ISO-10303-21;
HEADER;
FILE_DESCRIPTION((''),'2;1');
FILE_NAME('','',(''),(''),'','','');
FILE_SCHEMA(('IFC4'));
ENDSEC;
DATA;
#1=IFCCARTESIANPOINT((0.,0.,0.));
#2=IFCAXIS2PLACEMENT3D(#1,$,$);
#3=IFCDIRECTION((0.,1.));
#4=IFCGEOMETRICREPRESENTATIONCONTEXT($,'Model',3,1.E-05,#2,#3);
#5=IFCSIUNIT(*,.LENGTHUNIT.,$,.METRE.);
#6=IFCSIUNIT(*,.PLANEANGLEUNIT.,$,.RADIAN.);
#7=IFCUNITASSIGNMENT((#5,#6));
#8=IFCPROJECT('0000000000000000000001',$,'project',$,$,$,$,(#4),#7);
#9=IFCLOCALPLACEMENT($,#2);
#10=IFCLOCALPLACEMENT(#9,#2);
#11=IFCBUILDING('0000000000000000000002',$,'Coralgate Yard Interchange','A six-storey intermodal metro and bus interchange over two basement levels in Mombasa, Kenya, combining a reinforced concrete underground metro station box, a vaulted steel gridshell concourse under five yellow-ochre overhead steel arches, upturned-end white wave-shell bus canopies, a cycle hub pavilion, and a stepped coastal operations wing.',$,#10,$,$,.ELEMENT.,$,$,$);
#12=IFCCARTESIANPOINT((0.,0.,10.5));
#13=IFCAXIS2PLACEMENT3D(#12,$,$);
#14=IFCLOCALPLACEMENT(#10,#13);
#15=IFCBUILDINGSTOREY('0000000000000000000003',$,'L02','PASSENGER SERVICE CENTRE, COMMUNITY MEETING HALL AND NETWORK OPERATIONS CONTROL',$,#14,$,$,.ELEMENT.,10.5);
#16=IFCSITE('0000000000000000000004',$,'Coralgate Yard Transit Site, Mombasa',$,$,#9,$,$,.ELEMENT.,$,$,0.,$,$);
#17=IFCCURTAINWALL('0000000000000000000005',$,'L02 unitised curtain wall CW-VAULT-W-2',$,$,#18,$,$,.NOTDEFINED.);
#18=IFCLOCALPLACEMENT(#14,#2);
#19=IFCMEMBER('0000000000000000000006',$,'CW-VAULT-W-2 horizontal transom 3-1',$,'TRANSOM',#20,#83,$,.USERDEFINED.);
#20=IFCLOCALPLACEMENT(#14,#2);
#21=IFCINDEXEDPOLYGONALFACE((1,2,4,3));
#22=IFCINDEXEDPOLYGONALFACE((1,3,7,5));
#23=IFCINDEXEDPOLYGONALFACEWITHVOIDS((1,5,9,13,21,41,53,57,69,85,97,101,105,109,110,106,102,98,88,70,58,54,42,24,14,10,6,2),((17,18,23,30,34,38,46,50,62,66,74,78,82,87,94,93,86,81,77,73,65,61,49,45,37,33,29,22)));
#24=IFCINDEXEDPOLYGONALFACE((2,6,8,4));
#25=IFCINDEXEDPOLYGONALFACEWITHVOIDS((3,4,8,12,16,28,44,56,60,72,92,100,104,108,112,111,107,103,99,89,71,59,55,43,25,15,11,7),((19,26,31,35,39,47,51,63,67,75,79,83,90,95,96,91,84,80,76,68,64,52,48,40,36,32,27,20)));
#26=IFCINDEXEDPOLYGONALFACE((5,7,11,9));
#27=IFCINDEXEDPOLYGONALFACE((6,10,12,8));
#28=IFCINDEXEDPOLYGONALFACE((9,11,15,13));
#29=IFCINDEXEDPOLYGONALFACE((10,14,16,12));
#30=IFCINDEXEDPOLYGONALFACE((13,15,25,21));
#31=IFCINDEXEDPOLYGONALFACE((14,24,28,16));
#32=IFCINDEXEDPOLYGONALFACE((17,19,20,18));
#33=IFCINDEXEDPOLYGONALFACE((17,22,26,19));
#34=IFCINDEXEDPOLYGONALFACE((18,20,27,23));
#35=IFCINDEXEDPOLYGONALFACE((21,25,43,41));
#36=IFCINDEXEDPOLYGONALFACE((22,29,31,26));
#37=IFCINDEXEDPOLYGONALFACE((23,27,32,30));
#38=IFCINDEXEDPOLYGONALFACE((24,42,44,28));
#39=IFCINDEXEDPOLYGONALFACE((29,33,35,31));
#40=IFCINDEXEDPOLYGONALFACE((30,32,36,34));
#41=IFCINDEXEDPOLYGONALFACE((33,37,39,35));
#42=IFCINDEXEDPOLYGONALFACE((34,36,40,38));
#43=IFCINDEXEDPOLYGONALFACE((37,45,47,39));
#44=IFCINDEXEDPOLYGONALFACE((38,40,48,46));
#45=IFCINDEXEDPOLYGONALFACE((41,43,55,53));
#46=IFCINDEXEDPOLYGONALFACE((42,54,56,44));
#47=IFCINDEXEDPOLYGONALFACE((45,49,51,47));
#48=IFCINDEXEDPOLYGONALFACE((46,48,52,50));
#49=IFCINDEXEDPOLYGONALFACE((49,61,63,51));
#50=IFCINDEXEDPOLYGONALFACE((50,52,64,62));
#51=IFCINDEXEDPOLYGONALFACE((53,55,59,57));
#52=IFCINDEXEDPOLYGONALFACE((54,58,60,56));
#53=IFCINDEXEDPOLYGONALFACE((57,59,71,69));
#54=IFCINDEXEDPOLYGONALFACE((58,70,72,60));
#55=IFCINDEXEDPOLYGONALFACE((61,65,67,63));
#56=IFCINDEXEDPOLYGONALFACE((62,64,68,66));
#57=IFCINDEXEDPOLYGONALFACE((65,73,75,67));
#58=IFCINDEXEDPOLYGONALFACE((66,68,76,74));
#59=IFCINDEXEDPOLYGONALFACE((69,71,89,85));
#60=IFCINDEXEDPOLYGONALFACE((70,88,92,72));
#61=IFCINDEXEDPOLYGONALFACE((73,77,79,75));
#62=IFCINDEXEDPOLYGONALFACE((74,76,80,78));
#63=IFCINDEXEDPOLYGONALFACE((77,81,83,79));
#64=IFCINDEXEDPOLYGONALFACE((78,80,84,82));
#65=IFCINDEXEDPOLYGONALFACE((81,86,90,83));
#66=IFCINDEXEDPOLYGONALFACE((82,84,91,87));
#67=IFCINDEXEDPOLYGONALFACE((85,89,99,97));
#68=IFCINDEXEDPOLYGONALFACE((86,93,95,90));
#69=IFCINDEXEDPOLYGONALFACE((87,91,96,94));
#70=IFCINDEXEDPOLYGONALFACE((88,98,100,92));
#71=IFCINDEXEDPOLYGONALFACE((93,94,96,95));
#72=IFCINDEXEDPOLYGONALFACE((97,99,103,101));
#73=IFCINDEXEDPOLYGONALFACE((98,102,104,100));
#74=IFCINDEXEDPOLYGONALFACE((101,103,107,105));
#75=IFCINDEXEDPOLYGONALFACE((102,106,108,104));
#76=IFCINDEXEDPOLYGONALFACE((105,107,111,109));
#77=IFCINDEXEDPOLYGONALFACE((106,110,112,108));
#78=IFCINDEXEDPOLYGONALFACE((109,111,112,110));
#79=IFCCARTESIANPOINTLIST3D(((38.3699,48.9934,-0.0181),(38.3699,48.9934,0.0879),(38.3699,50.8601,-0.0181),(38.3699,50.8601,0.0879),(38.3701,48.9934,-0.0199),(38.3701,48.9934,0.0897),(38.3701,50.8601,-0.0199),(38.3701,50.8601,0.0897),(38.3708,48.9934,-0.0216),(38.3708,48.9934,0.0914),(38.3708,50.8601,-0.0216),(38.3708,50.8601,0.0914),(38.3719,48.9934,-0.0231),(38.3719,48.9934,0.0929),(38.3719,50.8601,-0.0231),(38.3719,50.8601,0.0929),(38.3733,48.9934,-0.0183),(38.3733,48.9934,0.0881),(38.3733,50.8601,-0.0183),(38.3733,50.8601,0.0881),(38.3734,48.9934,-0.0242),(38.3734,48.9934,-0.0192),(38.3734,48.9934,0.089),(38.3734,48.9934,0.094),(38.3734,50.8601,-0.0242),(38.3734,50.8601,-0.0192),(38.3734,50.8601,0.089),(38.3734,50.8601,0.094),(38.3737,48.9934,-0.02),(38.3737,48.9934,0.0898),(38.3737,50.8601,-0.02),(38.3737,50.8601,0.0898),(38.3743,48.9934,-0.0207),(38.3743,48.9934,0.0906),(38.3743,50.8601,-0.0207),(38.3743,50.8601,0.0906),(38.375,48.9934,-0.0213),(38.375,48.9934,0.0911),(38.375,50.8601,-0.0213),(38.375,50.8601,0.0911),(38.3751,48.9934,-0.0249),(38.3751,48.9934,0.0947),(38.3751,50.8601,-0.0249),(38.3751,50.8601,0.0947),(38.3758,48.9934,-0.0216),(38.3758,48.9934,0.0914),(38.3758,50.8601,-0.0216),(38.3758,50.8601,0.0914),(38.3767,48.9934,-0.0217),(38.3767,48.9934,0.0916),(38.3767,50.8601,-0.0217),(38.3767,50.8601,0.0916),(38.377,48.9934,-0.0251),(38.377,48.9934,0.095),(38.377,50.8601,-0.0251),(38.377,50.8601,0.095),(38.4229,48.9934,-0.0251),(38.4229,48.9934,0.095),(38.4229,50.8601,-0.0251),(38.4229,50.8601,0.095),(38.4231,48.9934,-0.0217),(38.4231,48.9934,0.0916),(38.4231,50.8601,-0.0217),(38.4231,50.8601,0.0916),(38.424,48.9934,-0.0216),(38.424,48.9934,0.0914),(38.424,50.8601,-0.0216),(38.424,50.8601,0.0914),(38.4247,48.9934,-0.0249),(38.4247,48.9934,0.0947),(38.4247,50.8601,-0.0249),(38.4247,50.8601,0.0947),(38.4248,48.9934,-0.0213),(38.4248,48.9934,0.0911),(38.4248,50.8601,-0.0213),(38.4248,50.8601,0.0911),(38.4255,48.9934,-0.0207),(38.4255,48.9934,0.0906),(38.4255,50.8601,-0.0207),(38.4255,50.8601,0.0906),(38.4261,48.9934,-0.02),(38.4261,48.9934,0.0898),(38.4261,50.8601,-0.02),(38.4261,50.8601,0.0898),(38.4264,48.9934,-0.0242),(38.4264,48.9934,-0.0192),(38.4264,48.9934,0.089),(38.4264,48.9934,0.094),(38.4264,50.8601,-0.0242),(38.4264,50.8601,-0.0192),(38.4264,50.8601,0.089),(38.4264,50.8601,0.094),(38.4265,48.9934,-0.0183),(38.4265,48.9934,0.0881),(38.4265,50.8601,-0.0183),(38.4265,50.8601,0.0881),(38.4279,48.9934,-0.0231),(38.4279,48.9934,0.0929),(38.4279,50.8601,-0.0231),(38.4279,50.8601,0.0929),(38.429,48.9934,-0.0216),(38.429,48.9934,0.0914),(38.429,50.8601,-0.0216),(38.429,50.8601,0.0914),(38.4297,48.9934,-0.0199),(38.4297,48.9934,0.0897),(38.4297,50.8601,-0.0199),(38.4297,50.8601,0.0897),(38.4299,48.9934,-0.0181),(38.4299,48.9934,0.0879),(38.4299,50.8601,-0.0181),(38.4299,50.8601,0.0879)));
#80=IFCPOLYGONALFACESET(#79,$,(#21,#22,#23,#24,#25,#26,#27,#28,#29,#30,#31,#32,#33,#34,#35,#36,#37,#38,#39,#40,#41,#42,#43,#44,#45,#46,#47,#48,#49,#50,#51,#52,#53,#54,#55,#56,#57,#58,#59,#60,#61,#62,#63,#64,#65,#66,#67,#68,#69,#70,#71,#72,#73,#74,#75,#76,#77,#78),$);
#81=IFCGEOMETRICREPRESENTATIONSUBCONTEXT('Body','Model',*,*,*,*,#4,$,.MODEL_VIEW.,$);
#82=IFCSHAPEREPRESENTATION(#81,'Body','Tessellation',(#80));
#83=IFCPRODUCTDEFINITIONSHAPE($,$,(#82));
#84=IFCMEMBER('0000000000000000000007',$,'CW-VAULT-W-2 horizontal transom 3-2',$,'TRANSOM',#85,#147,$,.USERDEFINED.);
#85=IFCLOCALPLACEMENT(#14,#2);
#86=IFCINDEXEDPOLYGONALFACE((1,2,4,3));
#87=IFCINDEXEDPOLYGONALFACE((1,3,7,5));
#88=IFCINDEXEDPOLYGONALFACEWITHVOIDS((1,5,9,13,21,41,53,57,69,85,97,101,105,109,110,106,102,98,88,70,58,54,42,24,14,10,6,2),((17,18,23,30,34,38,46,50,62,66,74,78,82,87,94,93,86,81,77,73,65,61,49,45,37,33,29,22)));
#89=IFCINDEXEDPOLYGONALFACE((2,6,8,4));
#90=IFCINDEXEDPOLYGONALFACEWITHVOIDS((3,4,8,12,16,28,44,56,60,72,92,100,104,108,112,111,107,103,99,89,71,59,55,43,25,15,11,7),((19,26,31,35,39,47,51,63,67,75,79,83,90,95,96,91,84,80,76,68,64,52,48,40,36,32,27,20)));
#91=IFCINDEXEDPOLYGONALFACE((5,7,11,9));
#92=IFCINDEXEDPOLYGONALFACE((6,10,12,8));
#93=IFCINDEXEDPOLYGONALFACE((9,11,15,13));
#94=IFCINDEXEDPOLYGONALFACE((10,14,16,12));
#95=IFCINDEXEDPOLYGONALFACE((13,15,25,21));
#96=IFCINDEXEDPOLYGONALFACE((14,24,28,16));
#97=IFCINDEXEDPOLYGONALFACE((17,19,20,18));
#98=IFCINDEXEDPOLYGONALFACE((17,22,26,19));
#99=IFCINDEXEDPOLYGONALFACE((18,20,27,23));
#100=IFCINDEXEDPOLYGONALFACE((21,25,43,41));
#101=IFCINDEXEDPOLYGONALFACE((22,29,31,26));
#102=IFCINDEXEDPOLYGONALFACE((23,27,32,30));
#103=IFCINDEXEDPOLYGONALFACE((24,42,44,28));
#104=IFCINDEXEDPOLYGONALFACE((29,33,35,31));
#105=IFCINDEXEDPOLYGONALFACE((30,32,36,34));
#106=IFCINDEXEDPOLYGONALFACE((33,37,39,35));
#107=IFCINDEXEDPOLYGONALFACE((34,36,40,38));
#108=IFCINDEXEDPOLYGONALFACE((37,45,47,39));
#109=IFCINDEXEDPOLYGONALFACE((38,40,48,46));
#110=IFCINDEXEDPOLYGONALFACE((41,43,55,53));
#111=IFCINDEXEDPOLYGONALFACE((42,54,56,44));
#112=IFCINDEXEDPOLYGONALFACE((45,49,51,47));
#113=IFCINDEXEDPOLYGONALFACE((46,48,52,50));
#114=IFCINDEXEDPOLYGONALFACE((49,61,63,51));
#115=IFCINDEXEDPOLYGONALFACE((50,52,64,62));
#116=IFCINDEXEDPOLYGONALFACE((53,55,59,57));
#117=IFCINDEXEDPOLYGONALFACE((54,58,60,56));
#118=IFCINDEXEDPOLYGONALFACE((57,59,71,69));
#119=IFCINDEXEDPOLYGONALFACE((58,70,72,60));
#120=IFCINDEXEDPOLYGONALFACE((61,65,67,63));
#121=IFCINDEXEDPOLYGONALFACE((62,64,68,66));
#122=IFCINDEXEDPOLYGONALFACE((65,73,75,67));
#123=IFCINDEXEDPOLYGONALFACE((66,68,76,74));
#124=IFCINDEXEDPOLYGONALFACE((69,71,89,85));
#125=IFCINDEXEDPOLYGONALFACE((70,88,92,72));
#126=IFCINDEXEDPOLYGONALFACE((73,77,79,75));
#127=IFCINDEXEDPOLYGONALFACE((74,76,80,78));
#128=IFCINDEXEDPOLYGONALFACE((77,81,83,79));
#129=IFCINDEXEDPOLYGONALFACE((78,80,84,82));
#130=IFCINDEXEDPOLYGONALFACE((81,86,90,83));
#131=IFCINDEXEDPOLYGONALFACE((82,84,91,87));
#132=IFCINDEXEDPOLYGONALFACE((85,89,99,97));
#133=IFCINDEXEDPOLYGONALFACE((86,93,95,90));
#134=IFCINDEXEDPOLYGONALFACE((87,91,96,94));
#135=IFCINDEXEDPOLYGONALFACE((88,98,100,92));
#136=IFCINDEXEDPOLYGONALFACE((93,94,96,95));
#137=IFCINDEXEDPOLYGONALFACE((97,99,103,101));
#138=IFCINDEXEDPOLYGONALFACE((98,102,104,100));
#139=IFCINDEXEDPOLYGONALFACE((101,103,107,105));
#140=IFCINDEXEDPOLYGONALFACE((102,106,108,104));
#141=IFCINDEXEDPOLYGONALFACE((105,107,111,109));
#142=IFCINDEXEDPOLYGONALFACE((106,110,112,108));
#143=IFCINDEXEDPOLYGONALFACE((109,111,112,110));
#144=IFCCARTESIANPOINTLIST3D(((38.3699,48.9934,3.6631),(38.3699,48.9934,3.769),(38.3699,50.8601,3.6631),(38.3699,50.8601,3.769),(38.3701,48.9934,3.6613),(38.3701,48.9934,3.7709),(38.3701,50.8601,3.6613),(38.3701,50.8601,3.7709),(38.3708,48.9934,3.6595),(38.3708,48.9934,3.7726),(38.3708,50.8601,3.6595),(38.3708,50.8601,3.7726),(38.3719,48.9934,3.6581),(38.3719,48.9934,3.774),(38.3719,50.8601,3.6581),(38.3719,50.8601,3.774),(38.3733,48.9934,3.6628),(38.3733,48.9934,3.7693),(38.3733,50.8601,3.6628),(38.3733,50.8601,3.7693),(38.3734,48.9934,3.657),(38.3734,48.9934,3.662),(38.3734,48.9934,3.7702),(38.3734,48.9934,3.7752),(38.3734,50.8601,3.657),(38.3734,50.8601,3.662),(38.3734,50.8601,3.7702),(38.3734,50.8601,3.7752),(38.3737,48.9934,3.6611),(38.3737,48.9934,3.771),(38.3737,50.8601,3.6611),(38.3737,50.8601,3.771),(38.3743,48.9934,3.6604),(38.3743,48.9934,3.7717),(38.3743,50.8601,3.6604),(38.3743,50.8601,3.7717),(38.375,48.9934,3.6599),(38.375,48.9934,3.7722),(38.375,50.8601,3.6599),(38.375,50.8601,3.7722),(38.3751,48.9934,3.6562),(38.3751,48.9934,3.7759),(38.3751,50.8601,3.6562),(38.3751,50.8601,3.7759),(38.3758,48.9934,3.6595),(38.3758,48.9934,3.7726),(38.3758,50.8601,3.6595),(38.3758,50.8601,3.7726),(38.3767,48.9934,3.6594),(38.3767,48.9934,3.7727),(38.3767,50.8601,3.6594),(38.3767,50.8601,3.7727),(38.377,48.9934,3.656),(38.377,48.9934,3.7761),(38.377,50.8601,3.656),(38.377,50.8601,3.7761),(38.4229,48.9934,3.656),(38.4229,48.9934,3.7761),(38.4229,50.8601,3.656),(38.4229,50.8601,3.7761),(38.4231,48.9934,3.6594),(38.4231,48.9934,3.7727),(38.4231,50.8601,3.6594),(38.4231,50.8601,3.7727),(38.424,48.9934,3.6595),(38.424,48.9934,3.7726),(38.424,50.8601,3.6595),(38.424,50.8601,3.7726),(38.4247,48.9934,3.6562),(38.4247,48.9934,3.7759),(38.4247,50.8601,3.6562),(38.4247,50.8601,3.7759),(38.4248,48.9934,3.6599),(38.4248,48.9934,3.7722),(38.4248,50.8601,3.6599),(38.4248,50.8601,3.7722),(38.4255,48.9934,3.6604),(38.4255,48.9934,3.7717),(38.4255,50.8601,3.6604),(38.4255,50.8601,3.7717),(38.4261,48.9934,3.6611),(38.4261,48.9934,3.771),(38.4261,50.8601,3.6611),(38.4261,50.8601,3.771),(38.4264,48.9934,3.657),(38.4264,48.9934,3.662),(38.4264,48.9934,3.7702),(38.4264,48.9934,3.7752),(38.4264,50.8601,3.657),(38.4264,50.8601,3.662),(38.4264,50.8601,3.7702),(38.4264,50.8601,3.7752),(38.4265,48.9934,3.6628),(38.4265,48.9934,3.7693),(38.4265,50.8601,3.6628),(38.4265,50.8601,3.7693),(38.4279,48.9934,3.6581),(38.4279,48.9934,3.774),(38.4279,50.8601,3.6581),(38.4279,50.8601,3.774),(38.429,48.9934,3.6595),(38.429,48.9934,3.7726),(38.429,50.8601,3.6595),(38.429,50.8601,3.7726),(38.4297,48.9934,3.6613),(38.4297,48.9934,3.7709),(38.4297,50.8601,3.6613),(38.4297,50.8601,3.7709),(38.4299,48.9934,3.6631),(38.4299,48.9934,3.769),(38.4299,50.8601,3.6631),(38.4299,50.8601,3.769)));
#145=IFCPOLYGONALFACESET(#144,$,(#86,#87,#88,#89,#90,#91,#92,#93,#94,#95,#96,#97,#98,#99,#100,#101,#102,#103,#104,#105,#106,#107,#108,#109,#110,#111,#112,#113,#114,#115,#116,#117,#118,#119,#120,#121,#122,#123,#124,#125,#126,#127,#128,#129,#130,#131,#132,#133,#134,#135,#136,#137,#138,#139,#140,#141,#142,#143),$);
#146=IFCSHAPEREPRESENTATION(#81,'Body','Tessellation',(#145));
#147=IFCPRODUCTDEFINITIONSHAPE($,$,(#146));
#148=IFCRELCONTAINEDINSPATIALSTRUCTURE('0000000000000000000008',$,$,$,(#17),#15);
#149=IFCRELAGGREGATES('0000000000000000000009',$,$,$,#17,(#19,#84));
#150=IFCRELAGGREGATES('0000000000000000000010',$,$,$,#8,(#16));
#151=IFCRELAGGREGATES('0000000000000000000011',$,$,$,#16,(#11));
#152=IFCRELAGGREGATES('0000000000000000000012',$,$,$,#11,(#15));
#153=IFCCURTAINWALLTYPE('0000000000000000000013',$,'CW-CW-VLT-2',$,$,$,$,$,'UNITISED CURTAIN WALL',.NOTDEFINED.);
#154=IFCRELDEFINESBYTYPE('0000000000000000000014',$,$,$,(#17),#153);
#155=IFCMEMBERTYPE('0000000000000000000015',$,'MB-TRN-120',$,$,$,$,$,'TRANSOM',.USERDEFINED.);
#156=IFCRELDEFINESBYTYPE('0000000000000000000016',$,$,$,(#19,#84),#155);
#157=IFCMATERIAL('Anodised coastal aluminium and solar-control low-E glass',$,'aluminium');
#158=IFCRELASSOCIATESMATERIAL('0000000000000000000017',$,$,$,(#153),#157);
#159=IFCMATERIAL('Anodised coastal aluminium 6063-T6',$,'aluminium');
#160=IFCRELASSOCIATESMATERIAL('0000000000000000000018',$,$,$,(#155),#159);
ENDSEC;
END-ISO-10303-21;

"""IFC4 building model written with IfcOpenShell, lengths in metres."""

from ifc_helpers import new_model, si_unit, direction, frame, origin, origin_2d, place, context, subcontext, project, spatial, hollow_rectangle, extrude, material, material_profile, profile_set, type_object, element, aggregate, save


model = new_model("IFC4")

# Units and contexts
model_context = context("Model", 3, precision=1e-05, world=origin(), true_north=direction((0.0, 1.0)))
body_context = subcontext(model_context, "Body", "Model", "MODEL_VIEW")
ifc_project = project(units=[si_unit("LENGTHUNIT", "METRE"), si_unit("PLANEANGLEUNIT", "RADIAN")], contexts=[model_context])

# Site, building, storey
site_placement = place(None, origin())
site = spatial("IfcSite", under=ifc_project, at=site_placement, Name="Coralgate Yard Transit Site, Mombasa", CompositionType="ELEMENT", RefElevation=0.0)
building_placement = place(site_placement, origin())
building = spatial("IfcBuilding", under=site, at=building_placement, Name="Coralgate Yard Interchange", Description="A six-storey intermodal metro and bus interchange over two basement levels in Mombasa, Kenya, combining a reinforced concrete underground metro station box, a vaulted steel gridshell concourse under five yellow-ochre overhead steel arches, upturned-end white wave-shell bus canopies, a cycle hub pavilion, and a stepped coastal operations wing.", CompositionType="ELEMENT")
storey_placement = place(building_placement, frame((0.0, 0.0, 10.5)))
storey = spatial("IfcBuildingStorey", under=building, at=storey_placement, Name="L02", Description="PASSENGER SERVICE CENTRE, COMMUNITY MEETING HALL AND NETWORK OPERATIONS CONTROL", CompositionType="ELEMENT", Elevation=10.5)

# Shared definitions
ifc_material_1 = material(Name="Anodised coastal aluminium and solar-control low-E glass", Category="aluminium")
ifc_material_2 = material(Name="Anodised coastal aluminium 6063-T6", Category="aluminium")

# Curtain wall
curtain_wall_type_1 = type_object("IfcCurtainWallType", Name="CW-CW-VLT-2", ElementType="UNITISED CURTAIN WALL", PredefinedType="NOTDEFINED", material=ifc_material_1)
curtain_wall_1_placement = place(storey_placement, origin())
curtain_wall_1 = element("IfcCurtainWall", 1, at=curtain_wall_1_placement, inside=storey, type_object=curtain_wall_type_1, Name="L02 unitised curtain wall CW-VAULT-W-2", PredefinedType="NOTDEFINED")

# Members
ifc_material_profile_1 = material_profile(ifc_material_2, hollow_rectangle(XDim=0.0601, YDim=0.1201, WallThickness=0.0034, InnerFilletRadius=0.0034, OuterFilletRadius=0.0071, at=origin_2d()), Name="ALU 60x120x3.5")
ifc_profile_set_1 = profile_set([ifc_material_profile_1], Name="Anodised coastal aluminium 6063-T6")
member_type_1 = type_object("IfcMemberType", Name="MB-TRN-120", ElementType="TRANSOM", PredefinedType="USERDEFINED", material=ifc_profile_set_1)
member_1_placement = place(storey_placement, frame((38.3999, 48.9934, 0.0349), z_axis=(0.0, 1.0, 0.0), x_axis=(-1.0, 0.0, 0.0)))
member_1 = element("IfcMember", 2, at=member_1_placement, type_object=member_type_1, Name="CW-VAULT-W-2 horizontal transom 3-1", ObjectType="TRANSOM", PredefinedType="USERDEFINED", context=body_context, shape_type="SweptSolid", body=[
    extrude(hollow_rectangle(XDim=0.0601, YDim=0.1201, WallThickness=0.0034, InnerFilletRadius=0.0034, OuterFilletRadius=0.0071, at=origin_2d()), origin(), (0.0, 0.0, 1.0), 1.8667),
])
member_2_placement = place(storey_placement, frame((38.3999, 48.9934, 3.7161), z_axis=(0.0, 1.0, 0.0), x_axis=(-1.0, 0.0, 0.0)))
member_2 = element("IfcMember", 3, at=member_2_placement, type_object=member_type_1, Name="CW-VAULT-W-2 horizontal transom 3-2", ObjectType="TRANSOM", PredefinedType="USERDEFINED", context=body_context, shape_type="SweptSolid", body=[
    extrude(hollow_rectangle(XDim=0.0601, YDim=0.1201, WallThickness=0.0034, InnerFilletRadius=0.0034, OuterFilletRadius=0.0071, at=origin_2d()), origin(), (0.0, 0.0, 1.0), 1.8667),
])

aggregate(curtain_wall_1, [member_1, member_2])

save(model, "model.ifc")
